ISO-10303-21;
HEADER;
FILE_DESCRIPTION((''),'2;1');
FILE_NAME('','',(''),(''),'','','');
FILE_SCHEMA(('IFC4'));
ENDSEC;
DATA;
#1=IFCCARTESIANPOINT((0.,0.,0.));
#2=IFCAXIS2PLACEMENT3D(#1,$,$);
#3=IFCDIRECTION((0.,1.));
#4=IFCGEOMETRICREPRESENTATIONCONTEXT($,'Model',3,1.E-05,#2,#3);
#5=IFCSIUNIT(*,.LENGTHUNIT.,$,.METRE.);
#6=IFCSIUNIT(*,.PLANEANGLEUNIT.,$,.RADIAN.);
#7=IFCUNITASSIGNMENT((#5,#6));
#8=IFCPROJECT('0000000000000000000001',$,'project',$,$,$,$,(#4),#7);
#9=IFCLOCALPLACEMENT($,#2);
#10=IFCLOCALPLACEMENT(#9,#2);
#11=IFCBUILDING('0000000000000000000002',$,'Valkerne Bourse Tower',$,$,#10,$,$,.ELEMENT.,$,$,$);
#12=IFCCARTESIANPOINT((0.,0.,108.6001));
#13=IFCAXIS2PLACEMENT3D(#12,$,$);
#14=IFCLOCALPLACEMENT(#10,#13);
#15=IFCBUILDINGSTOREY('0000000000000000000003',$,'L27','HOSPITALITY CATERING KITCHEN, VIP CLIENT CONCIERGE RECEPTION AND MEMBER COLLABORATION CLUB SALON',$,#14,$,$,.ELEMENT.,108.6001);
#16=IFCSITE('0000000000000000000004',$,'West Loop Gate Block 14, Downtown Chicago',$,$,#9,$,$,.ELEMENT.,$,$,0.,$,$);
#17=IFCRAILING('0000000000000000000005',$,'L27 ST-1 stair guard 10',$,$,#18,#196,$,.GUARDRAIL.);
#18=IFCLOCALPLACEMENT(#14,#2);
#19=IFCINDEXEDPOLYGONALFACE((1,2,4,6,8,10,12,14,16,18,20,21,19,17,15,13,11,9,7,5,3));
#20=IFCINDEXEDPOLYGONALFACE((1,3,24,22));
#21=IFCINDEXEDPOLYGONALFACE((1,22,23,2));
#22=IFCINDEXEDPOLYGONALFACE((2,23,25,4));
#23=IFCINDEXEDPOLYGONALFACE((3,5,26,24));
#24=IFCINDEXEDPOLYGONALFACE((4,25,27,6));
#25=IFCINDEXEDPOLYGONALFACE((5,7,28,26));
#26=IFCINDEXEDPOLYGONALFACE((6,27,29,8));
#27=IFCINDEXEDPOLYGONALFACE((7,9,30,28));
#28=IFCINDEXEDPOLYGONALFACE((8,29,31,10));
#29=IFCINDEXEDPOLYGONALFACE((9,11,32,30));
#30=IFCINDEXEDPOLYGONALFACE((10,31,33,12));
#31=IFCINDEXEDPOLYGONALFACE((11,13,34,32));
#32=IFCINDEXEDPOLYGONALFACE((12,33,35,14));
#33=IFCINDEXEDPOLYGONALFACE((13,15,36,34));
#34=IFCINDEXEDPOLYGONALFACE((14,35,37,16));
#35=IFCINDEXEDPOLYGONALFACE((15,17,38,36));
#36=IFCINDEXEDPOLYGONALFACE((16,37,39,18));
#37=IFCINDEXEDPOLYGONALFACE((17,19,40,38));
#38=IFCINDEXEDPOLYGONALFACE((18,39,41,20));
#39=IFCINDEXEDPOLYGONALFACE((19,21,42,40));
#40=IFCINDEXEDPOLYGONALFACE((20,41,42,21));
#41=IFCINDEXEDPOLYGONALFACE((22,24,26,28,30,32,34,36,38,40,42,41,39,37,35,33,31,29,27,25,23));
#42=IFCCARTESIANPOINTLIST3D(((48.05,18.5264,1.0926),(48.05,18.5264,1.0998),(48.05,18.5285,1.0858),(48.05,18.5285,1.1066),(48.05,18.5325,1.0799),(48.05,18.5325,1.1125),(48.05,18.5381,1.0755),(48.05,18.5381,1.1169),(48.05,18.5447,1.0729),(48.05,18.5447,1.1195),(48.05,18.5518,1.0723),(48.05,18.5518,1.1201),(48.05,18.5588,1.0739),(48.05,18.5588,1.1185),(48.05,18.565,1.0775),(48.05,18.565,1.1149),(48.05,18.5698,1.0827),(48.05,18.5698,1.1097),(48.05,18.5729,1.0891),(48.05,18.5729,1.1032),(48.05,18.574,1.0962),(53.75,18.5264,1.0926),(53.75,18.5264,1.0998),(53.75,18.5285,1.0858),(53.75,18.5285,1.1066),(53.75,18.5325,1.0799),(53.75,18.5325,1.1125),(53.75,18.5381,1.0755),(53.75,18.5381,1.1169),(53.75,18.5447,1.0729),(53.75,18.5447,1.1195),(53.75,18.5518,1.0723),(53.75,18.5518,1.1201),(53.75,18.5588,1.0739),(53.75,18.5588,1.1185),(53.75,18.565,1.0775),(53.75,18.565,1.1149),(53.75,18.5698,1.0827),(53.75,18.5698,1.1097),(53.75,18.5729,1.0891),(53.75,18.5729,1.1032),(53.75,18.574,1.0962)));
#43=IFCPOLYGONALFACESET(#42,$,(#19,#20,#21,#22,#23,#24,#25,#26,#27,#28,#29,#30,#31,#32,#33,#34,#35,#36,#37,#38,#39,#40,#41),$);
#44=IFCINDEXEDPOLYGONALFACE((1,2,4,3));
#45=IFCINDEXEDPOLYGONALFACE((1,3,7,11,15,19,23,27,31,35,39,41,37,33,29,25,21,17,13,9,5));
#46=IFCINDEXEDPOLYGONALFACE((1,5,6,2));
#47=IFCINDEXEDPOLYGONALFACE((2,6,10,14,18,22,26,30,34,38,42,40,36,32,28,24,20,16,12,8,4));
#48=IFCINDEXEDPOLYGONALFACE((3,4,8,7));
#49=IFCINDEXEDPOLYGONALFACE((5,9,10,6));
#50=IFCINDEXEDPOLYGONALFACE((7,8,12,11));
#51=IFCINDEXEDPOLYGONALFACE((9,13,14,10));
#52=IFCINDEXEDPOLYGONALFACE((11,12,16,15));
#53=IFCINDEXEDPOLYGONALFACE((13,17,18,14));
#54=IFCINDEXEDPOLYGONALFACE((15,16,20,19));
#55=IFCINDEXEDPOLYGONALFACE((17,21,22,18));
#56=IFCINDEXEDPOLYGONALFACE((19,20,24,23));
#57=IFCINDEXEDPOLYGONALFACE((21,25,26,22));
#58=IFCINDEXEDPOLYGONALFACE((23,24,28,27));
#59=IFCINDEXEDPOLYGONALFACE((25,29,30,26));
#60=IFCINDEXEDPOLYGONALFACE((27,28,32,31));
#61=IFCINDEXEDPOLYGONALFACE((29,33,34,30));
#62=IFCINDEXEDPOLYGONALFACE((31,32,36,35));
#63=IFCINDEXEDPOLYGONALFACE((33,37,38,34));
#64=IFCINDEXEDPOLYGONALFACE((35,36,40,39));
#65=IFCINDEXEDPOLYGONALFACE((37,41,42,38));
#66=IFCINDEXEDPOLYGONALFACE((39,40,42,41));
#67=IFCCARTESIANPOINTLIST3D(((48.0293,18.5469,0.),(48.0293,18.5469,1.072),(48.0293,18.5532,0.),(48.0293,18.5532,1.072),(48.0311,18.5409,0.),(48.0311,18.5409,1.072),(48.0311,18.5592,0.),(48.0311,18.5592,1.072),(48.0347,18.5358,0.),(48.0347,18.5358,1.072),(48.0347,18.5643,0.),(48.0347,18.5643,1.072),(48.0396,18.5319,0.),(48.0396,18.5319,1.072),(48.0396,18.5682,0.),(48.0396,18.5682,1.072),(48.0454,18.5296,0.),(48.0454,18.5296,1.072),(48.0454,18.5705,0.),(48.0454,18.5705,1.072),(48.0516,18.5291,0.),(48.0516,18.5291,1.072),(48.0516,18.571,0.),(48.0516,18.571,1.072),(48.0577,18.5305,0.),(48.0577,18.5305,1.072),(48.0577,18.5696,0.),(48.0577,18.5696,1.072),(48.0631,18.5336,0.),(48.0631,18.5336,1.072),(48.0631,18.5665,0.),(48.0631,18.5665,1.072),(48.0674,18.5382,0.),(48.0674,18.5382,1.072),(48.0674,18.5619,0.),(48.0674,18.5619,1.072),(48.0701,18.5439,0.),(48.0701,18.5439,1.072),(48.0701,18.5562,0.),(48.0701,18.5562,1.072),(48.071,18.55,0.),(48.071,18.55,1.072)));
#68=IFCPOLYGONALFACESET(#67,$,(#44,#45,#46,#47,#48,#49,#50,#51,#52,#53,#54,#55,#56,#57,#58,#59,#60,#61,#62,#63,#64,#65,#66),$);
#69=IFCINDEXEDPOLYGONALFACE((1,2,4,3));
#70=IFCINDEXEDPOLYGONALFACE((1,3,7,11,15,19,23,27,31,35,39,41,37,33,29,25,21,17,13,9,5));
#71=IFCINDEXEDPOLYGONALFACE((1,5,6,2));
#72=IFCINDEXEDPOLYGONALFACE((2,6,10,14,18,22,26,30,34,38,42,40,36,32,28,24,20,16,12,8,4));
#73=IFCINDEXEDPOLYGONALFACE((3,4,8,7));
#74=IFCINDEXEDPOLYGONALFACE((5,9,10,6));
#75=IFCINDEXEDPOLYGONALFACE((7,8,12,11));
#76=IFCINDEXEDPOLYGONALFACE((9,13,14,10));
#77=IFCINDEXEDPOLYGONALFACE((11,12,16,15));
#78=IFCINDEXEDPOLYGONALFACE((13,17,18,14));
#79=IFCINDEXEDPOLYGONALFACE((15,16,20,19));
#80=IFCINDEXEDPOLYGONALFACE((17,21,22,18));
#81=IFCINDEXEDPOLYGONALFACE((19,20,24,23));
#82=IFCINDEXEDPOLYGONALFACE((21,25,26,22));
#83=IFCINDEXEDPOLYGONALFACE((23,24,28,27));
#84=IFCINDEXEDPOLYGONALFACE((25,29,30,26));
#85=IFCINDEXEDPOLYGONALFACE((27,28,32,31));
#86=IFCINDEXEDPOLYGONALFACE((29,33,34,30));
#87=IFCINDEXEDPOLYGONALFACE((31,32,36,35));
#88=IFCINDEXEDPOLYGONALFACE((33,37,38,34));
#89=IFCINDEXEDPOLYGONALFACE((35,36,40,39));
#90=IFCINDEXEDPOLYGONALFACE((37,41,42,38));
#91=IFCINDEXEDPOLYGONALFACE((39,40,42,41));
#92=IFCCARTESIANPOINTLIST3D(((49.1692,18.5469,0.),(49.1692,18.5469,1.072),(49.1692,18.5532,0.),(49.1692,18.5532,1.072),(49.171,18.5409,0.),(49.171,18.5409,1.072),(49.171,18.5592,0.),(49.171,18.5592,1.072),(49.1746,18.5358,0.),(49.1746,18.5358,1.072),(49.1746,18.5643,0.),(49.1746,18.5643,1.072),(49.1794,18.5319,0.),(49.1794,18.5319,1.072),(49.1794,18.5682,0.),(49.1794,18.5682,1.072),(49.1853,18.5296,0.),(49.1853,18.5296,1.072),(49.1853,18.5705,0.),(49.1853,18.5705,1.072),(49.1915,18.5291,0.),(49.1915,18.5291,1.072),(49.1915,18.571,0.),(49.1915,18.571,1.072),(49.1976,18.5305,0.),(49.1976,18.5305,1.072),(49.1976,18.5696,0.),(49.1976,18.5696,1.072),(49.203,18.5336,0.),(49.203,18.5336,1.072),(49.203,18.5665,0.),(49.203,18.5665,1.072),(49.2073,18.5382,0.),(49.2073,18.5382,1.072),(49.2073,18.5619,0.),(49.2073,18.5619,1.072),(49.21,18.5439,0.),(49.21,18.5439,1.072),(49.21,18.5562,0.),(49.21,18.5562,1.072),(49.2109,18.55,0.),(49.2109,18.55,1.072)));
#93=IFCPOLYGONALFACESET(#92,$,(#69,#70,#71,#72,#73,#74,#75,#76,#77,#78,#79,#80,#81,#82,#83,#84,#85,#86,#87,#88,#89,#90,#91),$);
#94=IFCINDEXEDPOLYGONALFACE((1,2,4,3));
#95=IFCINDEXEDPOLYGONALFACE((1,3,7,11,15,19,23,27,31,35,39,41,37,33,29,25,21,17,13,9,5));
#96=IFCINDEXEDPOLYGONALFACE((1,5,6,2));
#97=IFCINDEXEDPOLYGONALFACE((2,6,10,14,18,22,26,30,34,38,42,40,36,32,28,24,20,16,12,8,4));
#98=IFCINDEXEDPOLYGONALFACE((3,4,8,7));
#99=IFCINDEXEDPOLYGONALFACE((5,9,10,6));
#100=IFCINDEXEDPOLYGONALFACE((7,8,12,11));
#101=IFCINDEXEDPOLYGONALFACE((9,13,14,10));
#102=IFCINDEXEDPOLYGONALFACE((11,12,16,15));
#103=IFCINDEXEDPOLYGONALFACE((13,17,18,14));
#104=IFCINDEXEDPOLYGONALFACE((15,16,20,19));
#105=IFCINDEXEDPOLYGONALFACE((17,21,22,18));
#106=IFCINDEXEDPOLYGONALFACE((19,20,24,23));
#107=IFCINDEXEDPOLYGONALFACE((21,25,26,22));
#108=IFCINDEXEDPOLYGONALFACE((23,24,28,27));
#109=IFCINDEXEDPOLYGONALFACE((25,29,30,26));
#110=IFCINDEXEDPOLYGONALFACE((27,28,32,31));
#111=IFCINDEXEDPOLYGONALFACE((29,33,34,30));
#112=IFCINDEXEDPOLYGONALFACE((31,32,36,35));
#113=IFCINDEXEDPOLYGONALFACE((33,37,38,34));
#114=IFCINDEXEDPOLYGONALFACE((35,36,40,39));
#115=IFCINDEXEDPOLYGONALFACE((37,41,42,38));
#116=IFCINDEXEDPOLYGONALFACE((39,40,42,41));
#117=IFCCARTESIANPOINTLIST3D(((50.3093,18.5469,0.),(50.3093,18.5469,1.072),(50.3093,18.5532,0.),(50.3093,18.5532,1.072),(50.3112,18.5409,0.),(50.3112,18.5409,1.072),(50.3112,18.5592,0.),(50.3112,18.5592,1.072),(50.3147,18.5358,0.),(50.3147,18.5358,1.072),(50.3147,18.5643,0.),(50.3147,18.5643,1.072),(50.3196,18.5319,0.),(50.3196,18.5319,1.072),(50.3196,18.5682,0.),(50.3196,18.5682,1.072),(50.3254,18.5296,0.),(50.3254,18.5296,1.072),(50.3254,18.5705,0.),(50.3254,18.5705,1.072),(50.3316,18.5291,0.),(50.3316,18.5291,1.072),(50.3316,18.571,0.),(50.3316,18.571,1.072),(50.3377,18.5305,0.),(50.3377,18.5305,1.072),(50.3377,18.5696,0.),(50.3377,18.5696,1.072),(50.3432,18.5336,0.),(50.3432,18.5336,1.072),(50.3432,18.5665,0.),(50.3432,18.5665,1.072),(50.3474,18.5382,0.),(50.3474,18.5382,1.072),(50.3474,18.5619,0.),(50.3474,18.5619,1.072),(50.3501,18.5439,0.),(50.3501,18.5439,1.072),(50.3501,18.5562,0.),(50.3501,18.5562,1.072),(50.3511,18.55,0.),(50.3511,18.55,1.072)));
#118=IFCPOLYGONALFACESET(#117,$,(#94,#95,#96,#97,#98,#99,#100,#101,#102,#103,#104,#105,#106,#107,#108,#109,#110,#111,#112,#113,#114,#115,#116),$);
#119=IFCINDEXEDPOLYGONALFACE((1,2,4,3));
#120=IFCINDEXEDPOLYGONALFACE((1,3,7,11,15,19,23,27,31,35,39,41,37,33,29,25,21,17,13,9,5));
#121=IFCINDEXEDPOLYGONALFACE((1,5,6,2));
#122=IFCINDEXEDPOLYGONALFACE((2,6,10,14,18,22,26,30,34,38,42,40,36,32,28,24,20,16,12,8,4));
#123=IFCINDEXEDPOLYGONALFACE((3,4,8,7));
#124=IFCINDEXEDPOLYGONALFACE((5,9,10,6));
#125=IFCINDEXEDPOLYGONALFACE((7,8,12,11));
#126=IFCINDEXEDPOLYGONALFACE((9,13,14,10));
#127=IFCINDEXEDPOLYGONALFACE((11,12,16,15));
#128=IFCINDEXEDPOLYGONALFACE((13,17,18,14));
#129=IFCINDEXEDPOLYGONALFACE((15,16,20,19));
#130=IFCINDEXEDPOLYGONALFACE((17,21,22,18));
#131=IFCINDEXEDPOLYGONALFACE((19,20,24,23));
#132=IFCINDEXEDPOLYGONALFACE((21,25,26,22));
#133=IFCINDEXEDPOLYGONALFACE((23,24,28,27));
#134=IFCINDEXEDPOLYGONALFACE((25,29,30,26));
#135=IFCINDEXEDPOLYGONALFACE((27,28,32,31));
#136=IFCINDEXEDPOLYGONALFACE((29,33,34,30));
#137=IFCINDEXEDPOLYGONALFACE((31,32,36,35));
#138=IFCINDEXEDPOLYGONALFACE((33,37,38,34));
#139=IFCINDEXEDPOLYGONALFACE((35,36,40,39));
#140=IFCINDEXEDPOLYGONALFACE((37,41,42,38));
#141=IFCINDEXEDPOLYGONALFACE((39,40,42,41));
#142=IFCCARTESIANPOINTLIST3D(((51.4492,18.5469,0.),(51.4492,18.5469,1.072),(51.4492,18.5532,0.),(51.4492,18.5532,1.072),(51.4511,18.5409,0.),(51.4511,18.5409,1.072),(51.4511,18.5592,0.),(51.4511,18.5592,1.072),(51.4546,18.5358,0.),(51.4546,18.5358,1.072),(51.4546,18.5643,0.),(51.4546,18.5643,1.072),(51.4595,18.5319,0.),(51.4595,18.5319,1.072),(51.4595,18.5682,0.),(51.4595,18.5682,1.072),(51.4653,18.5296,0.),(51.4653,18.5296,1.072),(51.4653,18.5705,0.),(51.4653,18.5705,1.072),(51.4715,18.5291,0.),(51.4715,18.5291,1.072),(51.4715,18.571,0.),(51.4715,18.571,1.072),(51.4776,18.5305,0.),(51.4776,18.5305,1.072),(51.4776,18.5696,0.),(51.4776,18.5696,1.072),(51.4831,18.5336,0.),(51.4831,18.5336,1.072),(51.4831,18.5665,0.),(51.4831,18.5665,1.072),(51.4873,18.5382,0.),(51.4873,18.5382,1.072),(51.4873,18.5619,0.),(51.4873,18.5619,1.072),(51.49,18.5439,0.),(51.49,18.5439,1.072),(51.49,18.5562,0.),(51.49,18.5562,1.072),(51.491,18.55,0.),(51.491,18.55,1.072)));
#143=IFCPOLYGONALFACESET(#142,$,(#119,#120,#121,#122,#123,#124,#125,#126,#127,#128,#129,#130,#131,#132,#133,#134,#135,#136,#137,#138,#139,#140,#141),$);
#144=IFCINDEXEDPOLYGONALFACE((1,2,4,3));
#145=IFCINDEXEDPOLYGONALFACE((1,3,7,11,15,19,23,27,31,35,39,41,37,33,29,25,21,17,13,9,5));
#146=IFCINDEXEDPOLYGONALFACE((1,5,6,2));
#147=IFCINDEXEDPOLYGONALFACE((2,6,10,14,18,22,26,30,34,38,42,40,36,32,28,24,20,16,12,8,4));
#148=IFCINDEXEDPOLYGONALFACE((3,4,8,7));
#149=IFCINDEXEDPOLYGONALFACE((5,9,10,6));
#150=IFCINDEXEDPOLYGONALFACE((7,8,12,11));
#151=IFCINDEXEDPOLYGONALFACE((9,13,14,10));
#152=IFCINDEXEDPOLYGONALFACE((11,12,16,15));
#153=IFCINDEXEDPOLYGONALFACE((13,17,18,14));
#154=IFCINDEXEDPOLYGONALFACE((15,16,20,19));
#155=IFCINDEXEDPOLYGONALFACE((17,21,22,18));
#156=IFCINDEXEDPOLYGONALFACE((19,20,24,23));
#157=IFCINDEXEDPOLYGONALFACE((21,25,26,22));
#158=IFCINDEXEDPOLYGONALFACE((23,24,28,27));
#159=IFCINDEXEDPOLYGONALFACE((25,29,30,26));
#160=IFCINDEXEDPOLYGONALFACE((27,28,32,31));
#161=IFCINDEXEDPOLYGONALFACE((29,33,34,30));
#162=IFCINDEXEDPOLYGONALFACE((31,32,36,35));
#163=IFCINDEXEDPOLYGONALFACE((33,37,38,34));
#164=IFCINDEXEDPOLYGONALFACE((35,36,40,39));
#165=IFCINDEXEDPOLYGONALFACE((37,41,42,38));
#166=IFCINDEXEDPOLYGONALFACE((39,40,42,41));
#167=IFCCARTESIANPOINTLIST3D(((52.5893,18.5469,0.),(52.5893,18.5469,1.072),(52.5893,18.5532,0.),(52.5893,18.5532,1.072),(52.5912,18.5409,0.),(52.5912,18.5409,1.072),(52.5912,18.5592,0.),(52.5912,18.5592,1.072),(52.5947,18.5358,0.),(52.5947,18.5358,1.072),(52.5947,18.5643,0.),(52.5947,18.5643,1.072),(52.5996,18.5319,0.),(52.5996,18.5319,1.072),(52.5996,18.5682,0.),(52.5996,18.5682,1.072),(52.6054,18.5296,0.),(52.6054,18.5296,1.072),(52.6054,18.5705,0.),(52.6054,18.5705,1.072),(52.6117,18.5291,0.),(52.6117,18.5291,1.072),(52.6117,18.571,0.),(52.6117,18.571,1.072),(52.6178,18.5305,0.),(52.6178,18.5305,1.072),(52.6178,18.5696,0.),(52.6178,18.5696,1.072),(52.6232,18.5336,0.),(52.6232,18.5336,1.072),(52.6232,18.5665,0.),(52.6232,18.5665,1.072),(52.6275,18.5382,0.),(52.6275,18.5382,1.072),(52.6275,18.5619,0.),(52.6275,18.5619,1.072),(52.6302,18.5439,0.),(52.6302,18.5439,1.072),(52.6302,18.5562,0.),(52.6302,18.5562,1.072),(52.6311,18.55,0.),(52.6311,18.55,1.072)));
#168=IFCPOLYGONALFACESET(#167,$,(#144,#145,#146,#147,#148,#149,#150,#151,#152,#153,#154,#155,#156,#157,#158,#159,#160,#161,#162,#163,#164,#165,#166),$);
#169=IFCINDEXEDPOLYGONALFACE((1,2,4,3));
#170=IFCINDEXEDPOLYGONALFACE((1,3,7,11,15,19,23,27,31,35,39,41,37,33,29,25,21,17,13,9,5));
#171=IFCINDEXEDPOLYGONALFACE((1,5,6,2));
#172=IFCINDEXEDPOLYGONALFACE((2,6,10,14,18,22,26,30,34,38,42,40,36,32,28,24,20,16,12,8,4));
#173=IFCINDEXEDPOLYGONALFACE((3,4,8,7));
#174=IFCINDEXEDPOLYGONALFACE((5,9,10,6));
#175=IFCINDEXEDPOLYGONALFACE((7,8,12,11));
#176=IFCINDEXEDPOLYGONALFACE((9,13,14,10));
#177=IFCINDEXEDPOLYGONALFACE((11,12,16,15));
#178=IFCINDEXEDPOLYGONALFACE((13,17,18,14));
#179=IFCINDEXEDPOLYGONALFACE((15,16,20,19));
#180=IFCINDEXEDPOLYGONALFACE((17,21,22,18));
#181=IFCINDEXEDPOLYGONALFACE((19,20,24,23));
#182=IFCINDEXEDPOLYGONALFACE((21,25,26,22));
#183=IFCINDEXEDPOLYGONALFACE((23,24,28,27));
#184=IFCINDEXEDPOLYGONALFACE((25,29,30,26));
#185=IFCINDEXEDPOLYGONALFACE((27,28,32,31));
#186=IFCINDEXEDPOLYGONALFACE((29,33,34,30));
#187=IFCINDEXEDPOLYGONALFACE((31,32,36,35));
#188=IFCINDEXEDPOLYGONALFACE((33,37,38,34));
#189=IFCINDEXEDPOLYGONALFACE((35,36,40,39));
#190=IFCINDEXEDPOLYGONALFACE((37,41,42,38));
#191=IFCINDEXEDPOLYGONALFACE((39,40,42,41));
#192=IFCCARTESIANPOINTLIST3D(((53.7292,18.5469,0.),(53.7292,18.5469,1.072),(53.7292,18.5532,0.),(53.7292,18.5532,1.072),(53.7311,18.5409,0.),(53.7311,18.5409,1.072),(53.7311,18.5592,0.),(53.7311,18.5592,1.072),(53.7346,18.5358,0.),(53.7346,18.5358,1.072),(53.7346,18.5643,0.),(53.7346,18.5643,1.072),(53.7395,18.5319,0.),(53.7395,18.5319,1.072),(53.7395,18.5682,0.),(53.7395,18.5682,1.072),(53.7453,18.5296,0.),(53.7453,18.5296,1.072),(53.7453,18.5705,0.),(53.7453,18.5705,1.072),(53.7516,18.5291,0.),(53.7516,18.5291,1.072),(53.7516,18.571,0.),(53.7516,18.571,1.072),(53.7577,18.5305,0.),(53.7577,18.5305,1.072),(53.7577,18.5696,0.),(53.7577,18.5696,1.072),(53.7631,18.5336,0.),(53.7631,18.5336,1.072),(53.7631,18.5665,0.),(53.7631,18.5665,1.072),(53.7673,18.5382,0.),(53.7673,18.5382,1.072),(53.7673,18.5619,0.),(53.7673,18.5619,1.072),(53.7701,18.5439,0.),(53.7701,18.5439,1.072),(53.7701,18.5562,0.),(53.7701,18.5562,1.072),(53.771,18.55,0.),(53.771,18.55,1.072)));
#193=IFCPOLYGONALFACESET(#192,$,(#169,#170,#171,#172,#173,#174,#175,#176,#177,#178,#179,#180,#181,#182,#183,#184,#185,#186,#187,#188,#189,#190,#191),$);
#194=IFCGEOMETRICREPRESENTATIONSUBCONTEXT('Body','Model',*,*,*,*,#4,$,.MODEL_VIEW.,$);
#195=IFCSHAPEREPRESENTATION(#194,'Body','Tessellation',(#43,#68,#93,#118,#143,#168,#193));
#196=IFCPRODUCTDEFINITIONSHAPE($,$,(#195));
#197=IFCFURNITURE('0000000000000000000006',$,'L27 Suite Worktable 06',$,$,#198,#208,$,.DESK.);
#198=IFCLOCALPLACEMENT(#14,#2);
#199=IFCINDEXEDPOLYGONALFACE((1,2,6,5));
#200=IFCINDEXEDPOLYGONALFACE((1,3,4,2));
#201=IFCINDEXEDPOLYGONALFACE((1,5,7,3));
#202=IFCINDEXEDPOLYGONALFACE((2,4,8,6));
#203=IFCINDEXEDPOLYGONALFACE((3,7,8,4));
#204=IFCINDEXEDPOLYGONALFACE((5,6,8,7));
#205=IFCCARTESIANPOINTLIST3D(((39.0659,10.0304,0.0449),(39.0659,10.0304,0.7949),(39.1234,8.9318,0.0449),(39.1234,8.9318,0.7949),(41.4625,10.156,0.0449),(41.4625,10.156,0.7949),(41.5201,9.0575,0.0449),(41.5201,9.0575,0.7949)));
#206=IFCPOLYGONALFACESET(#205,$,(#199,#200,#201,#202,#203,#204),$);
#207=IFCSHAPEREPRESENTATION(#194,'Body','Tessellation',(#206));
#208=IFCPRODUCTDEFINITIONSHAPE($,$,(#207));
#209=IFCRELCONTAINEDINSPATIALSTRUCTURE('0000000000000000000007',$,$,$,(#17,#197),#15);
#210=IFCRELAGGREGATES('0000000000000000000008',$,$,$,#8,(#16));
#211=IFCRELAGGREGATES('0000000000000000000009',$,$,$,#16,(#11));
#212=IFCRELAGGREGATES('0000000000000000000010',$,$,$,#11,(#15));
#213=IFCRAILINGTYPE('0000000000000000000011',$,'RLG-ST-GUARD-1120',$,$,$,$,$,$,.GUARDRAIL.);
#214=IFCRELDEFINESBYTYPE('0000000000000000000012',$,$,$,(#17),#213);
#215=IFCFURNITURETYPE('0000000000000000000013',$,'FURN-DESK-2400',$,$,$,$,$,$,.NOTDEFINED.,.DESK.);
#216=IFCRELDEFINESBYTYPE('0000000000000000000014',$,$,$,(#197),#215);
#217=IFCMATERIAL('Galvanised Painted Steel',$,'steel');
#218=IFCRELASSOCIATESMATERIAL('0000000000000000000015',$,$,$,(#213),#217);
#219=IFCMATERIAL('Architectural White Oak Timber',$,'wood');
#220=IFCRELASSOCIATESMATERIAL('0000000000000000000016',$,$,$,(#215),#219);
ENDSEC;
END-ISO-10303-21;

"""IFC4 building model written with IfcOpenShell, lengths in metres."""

from ifc_helpers import new_model, si_unit, direction, frame, origin, origin_2d, place, context, subcontext, project, spatial, rectangle, circle, extrude, material, type_object, element, save


model = new_model("IFC4")

# Units and contexts
model_context = context("Model", 3, precision=1e-05, world=origin(), true_north=direction((0.0, 1.0)))
body_context = subcontext(model_context, "Body", "Model", "MODEL_VIEW")
ifc_project = project(units=[si_unit("LENGTHUNIT", "METRE"), si_unit("PLANEANGLEUNIT", "RADIAN")], contexts=[model_context])

# Site, building, storey
site_placement = place(None, origin())
site = spatial("IfcSite", under=ifc_project, at=site_placement, Name="West Loop Gate Block 14, Downtown Chicago", CompositionType="ELEMENT", RefElevation=0.0)
building_placement = place(site_placement, origin())
building = spatial("IfcBuilding", under=site, at=building_placement, Name="Valkerne Bourse Tower", CompositionType="ELEMENT")
storey_placement = place(building_placement, frame((0.0, 0.0, 108.6001)))
storey = spatial("IfcBuildingStorey", under=building, at=storey_placement, Name="L27", Description="HOSPITALITY CATERING KITCHEN, VIP CLIENT CONCIERGE RECEPTION AND MEMBER COLLABORATION CLUB SALON", CompositionType="ELEMENT", Elevation=108.6001)

# Railing
ifc_material_1 = material(Name="Galvanised Painted Steel", Category="steel")
railing_type = type_object("IfcRailingType", Name="RLG-ST-GUARD-1120", PredefinedType="GUARDRAIL", material=ifc_material_1)
railing_placement = place(storey_placement, frame((48.05, 18.55, 0.0)))
element("IfcRailing", 1, at=railing_placement, inside=storey, type_object=railing_type, Name="L27 ST-1 stair guard 10", PredefinedType="GUARDRAIL", context=body_context, shape_type="SweptSolid", body=[
    extrude(circle(Radius=0.0239, at=origin_2d()), frame((0.0, 0.0, 1.0962), z_axis=(1.0, 0.0, 0.0), x_axis=(0.0, 1.0, 0.0)), (0.0, 0.0, 1.0), 5.7),
    extrude(circle(Radius=0.021, at=origin_2d()), origin(), (0.0, 0.0, 1.0), 1.072),
    extrude(circle(Radius=0.021, at=origin_2d()), frame((1.1399, 0.0, 0.0)), (0.0, 0.0, 1.0), 1.072),
    extrude(circle(Radius=0.021, at=origin_2d()), frame((2.28, 0.0, 0.0)), (0.0, 0.0, 1.0), 1.072),
    extrude(circle(Radius=0.021, at=origin_2d()), frame((3.4199, 0.0, 0.0)), (0.0, 0.0, 1.0), 1.072),
    extrude(circle(Radius=0.021, at=origin_2d()), frame((4.5601, 0.0, 0.0)), (0.0, 0.0, 1.0), 1.072),
    extrude(circle(Radius=0.021, at=origin_2d()), frame((5.7, 0.0, 0.0)), (0.0, 0.0, 1.0), 1.072),
])

# Furniture
ifc_material_2 = material(Name="Architectural White Oak Timber", Category="wood")
furniture_type = type_object("IfcFurnitureType", Name="FURN-DESK-2400", AssemblyPlace="NOTDEFINED", PredefinedType="DESK", material=ifc_material_2)
furniture_placement = place(storey_placement, frame((40.293, 9.5439, 0.0449), z_axis=(0.0, 0.0, 1.0), x_axis=(0.99863, 0.052336, 0.0)))
element("IfcFurniture", 2, at=furniture_placement, inside=storey, type_object=furniture_type, Name="L27 Suite Worktable 06", PredefinedType="DESK", context=body_context, shape_type="SweptSolid", body=[
    extrude(rectangle(XDim=2.3999, YDim=1.1001, at=origin_2d()), origin(), (0.0, 0.0, 1.0), 0.75),
])

save(model, "model.ifc")
